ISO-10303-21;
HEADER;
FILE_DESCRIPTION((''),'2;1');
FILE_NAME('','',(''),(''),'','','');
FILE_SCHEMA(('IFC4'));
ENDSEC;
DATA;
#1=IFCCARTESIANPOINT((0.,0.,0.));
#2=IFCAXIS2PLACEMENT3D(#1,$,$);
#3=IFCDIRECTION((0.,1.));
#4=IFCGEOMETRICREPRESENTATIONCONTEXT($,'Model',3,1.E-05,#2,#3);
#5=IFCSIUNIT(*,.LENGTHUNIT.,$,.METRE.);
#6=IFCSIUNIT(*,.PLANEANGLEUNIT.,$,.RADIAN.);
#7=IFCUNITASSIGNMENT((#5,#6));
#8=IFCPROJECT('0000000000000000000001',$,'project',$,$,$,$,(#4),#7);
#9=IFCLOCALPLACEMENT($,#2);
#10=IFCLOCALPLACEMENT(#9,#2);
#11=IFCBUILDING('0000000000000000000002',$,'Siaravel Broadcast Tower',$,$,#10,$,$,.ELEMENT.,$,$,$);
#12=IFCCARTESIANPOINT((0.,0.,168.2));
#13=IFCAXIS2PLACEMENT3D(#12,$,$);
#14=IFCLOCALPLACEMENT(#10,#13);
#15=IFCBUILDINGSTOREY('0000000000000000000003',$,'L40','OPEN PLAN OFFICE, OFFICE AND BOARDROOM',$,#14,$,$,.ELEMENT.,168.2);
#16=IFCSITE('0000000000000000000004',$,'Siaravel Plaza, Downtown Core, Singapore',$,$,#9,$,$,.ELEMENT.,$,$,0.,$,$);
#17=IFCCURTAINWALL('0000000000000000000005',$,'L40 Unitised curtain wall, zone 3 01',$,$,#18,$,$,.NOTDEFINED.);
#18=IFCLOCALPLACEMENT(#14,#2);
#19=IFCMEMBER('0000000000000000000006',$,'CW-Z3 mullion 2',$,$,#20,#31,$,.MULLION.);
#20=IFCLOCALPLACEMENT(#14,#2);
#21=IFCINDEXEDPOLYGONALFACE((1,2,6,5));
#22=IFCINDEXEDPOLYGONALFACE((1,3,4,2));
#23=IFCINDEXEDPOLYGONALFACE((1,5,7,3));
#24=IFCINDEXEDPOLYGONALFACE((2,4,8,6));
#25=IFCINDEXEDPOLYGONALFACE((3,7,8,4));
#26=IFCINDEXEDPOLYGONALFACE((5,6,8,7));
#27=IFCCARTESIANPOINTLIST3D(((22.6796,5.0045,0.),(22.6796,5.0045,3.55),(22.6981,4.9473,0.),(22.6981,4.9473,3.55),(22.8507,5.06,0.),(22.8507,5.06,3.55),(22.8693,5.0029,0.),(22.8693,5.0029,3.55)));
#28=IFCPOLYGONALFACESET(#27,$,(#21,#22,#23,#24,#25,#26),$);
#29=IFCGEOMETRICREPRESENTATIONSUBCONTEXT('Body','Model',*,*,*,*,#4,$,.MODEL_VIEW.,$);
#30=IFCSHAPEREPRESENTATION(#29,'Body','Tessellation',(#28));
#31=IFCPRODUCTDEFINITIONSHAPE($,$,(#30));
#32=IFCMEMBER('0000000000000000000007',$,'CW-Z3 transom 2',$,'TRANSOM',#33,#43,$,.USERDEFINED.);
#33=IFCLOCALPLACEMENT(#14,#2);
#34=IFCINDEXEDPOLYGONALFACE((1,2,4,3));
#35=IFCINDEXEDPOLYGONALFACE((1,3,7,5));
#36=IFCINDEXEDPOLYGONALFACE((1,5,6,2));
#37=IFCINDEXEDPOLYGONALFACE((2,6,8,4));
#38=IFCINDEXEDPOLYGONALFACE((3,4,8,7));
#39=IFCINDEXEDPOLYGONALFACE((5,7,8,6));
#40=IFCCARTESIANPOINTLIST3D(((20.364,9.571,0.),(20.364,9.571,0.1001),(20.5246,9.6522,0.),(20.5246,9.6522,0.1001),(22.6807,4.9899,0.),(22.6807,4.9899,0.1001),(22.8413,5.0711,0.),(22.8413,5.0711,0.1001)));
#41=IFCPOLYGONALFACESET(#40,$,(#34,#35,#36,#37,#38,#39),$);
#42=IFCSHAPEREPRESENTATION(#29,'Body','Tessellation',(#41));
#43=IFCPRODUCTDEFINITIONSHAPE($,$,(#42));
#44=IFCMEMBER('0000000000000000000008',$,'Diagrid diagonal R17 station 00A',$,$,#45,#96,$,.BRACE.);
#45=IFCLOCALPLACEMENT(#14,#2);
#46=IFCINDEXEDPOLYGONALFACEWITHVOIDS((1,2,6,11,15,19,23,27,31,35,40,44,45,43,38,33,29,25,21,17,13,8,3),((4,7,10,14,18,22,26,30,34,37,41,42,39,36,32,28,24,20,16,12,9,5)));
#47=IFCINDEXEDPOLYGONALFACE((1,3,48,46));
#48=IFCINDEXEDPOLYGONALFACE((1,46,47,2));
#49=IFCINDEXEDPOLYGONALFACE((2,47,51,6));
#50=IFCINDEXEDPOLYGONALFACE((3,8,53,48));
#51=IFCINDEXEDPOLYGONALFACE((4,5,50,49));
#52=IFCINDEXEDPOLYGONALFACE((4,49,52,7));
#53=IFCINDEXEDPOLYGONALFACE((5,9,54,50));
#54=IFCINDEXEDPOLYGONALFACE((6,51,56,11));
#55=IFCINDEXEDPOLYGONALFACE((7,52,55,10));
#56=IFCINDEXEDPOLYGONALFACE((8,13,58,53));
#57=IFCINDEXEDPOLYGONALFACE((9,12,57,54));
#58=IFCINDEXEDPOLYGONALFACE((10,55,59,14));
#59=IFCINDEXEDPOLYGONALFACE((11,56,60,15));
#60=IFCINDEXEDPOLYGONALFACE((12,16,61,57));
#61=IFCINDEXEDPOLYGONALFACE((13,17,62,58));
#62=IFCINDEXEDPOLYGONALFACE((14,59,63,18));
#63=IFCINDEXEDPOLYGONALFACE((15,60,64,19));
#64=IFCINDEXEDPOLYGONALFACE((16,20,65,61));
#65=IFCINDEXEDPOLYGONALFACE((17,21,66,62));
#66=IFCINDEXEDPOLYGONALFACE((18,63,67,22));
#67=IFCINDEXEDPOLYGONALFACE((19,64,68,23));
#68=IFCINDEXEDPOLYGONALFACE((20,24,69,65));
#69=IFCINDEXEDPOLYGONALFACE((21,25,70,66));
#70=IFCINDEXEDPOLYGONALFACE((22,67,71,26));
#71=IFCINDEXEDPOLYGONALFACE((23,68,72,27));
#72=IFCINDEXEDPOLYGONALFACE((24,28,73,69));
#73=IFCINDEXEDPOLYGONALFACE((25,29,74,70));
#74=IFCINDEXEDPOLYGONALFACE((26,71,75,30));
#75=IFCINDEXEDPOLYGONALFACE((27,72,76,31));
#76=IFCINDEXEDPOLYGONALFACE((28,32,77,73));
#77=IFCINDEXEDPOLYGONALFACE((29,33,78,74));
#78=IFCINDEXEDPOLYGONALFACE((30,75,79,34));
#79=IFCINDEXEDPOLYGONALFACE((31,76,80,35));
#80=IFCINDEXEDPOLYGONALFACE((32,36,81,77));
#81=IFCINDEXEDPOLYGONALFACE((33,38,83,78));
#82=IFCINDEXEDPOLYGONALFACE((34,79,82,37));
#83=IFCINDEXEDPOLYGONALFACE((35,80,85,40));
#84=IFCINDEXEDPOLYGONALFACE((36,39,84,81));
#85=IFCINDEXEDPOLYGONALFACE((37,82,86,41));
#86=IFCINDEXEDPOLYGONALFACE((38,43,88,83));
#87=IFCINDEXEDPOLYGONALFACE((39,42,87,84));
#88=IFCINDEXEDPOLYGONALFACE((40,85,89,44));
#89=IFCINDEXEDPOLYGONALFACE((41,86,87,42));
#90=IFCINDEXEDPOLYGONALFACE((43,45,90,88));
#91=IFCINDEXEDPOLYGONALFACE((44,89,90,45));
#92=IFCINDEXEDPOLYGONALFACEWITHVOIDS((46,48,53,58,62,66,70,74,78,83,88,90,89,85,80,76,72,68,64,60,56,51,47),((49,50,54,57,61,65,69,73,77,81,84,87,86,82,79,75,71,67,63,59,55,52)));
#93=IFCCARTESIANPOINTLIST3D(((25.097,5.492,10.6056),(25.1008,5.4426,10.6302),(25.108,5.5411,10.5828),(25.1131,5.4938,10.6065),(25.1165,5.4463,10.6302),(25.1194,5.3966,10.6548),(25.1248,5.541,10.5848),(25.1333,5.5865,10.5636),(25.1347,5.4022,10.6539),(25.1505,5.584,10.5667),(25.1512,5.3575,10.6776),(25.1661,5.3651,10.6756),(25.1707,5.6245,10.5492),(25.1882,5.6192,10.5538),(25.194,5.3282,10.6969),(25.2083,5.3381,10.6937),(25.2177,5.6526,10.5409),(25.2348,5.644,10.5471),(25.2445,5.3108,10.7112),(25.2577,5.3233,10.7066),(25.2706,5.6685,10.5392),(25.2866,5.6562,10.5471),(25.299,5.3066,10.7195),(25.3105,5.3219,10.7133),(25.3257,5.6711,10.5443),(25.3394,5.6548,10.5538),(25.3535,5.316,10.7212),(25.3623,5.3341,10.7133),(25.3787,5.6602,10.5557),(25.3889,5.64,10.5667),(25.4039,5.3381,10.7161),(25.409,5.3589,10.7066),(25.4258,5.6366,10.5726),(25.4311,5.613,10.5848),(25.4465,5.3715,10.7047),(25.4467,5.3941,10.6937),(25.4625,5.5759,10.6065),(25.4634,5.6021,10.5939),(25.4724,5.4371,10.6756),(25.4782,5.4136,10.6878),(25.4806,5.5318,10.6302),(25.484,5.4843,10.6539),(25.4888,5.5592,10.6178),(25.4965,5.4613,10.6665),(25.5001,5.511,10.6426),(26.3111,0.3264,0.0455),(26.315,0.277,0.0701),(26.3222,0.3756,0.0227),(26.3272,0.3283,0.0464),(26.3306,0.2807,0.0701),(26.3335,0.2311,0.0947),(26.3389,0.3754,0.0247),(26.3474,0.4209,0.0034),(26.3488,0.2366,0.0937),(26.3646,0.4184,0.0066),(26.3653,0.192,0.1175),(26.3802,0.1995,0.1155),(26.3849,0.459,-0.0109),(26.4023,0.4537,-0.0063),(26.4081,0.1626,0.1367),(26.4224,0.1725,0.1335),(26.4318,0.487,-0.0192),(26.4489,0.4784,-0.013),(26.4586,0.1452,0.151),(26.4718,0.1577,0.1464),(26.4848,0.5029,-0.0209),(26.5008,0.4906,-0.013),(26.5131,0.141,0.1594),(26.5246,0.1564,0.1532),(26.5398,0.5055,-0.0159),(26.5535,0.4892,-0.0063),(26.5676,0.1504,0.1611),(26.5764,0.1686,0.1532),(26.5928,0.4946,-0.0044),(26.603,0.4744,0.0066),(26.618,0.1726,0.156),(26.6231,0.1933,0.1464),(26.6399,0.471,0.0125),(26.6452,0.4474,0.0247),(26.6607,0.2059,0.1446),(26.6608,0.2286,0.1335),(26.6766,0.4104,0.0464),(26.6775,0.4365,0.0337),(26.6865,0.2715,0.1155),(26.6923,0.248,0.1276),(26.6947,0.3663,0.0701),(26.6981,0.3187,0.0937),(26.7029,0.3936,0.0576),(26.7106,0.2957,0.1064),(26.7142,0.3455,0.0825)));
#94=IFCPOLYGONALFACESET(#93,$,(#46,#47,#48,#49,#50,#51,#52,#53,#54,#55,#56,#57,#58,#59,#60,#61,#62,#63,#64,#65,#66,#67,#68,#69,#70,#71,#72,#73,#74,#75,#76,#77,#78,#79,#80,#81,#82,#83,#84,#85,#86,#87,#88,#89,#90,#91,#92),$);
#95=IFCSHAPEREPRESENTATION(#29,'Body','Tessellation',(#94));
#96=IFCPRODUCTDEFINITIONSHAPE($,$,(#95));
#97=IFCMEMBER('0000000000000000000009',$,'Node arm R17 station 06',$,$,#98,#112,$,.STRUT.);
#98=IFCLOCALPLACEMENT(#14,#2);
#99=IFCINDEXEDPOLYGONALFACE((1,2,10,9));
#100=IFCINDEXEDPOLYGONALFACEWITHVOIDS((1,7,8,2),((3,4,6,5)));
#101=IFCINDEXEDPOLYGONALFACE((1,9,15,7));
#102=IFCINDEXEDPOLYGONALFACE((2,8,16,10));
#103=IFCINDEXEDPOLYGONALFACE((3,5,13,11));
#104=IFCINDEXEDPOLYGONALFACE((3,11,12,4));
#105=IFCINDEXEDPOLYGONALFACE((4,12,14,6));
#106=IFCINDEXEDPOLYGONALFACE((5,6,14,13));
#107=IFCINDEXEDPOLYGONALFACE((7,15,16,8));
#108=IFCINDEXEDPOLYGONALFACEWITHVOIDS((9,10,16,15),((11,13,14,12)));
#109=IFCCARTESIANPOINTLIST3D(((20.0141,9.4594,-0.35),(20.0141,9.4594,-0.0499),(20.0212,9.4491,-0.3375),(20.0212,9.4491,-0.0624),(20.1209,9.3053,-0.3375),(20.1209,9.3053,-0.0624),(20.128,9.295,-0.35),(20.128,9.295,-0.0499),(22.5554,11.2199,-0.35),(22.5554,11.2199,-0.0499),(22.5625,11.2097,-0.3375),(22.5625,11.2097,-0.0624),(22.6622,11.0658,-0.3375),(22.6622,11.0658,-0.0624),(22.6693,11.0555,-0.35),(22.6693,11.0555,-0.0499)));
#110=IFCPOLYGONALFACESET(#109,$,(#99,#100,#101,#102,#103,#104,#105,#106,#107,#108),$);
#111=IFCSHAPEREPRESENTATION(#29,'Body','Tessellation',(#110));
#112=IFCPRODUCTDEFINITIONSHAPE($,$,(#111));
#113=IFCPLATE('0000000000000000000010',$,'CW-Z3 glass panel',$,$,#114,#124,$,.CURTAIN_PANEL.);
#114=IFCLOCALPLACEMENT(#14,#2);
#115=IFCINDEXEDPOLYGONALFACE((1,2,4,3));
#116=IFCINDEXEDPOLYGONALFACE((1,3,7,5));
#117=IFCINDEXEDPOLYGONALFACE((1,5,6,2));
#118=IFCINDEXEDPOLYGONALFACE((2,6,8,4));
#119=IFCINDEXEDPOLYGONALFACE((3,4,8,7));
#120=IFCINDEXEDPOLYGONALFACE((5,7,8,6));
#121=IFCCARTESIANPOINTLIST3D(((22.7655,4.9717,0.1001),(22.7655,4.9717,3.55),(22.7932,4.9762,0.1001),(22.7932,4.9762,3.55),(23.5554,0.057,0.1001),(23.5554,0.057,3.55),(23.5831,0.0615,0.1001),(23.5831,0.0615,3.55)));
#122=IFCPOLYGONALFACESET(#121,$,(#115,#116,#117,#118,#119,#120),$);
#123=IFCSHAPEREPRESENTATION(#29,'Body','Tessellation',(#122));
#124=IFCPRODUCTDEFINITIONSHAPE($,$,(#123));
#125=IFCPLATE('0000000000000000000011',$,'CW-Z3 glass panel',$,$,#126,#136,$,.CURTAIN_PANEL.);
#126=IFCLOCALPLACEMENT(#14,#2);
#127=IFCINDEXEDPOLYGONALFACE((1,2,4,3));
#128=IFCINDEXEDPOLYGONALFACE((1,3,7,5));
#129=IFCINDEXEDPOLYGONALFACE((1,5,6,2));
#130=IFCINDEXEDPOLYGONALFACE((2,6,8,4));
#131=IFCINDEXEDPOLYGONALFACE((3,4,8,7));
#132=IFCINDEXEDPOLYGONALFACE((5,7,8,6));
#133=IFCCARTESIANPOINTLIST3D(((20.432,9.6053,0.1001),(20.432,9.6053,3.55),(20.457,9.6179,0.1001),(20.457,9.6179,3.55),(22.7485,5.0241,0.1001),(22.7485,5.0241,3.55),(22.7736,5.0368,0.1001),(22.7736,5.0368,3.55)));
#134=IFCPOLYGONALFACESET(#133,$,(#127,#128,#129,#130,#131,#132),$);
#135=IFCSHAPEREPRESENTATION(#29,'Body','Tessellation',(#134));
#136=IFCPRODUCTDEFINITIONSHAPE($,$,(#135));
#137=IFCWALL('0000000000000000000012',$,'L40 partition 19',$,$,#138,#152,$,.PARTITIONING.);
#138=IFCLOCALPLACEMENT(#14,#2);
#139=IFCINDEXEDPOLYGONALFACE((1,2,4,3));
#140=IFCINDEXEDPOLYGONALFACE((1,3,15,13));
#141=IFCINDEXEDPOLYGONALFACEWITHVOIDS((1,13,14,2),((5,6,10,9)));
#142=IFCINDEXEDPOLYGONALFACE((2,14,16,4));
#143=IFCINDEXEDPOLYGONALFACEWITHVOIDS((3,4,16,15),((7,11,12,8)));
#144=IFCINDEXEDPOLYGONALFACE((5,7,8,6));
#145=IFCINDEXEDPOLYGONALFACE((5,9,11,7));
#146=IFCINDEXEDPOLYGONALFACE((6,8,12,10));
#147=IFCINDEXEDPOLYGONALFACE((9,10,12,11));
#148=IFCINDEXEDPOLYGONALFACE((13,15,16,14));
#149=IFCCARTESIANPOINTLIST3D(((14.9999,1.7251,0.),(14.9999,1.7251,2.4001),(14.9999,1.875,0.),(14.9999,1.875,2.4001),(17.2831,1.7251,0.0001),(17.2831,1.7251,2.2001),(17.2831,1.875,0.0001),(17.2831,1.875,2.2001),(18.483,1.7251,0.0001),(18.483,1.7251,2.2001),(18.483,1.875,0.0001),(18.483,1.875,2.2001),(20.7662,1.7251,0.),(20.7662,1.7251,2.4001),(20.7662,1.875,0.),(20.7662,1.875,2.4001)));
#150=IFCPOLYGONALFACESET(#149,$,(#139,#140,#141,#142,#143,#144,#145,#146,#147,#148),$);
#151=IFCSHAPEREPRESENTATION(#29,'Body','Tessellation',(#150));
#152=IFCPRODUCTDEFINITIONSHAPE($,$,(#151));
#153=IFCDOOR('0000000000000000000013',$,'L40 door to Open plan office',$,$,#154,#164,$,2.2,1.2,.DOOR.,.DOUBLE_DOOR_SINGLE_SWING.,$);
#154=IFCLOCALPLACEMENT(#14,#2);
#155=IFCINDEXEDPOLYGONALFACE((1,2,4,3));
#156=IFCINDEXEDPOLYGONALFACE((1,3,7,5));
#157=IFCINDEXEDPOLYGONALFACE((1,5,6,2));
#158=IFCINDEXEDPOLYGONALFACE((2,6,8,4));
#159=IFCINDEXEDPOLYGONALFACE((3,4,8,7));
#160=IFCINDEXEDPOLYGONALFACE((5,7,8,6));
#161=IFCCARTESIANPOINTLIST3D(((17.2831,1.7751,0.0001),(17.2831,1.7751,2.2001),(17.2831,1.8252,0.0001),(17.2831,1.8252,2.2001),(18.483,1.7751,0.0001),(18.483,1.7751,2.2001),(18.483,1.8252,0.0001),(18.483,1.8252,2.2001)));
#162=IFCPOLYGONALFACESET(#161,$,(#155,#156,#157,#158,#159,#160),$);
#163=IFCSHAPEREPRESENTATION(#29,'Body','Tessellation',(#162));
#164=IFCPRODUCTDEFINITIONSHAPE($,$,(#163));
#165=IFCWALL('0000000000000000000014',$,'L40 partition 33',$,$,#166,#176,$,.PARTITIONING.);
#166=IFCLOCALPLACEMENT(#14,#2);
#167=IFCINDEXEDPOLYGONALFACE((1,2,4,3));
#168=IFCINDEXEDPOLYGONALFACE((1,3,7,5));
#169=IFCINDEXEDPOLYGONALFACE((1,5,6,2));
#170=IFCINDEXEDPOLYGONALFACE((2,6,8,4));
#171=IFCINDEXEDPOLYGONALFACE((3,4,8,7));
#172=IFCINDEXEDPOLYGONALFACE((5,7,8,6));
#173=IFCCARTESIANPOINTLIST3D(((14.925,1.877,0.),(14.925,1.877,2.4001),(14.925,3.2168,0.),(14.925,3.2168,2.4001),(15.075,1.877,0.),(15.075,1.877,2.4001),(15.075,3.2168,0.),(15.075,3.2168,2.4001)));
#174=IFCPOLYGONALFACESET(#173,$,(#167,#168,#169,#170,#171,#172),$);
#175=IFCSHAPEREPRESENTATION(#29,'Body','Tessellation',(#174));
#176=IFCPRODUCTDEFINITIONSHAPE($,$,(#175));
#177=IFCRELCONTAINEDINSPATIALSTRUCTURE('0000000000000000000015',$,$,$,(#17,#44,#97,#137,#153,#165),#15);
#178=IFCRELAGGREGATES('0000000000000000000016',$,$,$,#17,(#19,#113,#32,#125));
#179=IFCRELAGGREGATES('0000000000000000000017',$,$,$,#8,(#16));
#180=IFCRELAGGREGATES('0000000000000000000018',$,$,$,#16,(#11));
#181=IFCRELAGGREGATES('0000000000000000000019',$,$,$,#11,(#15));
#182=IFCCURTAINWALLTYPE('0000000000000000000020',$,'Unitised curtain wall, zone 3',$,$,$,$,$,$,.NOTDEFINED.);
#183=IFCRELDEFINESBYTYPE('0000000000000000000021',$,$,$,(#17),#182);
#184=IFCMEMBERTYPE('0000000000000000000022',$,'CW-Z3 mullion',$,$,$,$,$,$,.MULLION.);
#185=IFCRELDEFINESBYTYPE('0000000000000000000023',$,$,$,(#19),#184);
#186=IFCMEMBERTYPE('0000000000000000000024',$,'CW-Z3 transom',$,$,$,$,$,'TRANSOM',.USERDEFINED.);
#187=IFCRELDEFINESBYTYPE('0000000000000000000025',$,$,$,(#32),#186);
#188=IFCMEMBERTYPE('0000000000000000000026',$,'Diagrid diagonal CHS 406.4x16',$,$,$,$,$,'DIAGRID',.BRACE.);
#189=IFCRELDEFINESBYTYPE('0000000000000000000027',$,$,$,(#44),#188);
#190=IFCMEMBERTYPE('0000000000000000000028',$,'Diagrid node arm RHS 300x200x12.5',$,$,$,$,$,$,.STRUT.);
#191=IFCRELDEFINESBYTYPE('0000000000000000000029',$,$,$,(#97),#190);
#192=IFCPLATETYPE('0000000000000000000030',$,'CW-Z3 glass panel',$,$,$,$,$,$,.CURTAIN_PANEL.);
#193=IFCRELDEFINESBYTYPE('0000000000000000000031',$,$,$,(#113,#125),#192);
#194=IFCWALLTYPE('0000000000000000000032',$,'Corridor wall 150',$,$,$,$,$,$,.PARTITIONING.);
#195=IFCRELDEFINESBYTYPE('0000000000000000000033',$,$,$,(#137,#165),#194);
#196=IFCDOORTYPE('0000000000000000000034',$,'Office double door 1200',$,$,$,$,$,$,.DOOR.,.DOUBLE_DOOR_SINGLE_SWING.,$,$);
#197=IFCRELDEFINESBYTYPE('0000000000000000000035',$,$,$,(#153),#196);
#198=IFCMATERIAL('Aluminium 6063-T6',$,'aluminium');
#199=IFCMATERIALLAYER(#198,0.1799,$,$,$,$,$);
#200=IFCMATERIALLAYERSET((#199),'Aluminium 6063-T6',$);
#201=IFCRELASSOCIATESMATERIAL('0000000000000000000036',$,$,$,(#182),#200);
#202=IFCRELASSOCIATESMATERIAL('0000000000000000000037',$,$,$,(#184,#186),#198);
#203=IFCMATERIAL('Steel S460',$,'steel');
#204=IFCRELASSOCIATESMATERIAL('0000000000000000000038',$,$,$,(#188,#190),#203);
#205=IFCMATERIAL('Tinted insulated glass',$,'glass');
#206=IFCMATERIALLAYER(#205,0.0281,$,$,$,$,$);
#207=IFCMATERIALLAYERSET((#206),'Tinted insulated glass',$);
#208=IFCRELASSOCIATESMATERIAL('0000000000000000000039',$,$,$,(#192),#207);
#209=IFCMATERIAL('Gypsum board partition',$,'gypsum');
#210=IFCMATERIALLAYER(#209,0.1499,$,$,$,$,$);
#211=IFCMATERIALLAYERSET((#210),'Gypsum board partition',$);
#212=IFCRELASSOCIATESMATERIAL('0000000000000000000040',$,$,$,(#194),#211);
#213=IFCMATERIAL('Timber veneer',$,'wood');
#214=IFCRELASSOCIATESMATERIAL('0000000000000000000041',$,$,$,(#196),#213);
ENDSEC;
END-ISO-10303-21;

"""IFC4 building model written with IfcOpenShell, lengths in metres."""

from ifc_helpers import new_model, si_unit, direction, frame, frame_2d, origin, origin_2d, place, context, subcontext, project, spatial, rectangle, hollow_rectangle, hollow_circle, extrude, material, layer, layer_set, material_profile, profile_set, type_object, element, fill, aggregate, save


model = new_model("IFC4")

# Units and contexts
model_context = context("Model", 3, precision=1e-05, world=origin(), true_north=direction((0.0, 1.0)))
body_context = subcontext(model_context, "Body", "Model", "MODEL_VIEW")
ifc_project = project(units=[si_unit("LENGTHUNIT", "METRE"), si_unit("PLANEANGLEUNIT", "RADIAN")], contexts=[model_context])

# Site, building, storey
site_placement = place(None, origin())
site = spatial("IfcSite", under=ifc_project, at=site_placement, Name="Siaravel Plaza, Downtown Core, Singapore", CompositionType="ELEMENT", RefElevation=0.0)
building_placement = place(site_placement, origin())
building = spatial("IfcBuilding", under=site, at=building_placement, Name="Siaravel Broadcast Tower", CompositionType="ELEMENT")
storey_placement = place(building_placement, frame((0.0, 0.0, 168.2)))
storey = spatial("IfcBuildingStorey", under=building, at=storey_placement, Name="L40", Description="OPEN PLAN OFFICE, OFFICE AND BOARDROOM", CompositionType="ELEMENT", Elevation=168.2)

# Curtain wall, members
ifc_material_1 = material(Name="Aluminium 6063-T6", Category="aluminium")
ifc_layer_1 = layer(ifc_material_1, 0.1799)
ifc_layer_set_1 = layer_set([ifc_layer_1], Name="Aluminium 6063-T6")
curtain_wall_type = type_object("IfcCurtainWallType", Name="Unitised curtain wall, zone 3", PredefinedType="NOTDEFINED", material=ifc_layer_set_1)
curtain_wall_placement = place(storey_placement, origin())
curtain_wall = element("IfcCurtainWall", 1, at=curtain_wall_placement, inside=storey, type_object=curtain_wall_type, Name="L40 Unitised curtain wall, zone 3 01", PredefinedType="NOTDEFINED")
ifc_material_profile_1 = material_profile(ifc_material_1, rectangle(XDim=0.1799, YDim=0.0601, at=origin_2d()))
ifc_profile_set_1 = profile_set([ifc_material_profile_1], Name="Aluminium 6063-T6")
member_type_1 = type_object("IfcMemberType", Name="CW-Z3 mullion", PredefinedType="MULLION", material=ifc_profile_set_1)
member_1_placement = place(storey_placement, frame((22.7744, 5.0037, 0.0), z_axis=(0.0, 0.0, 1.0), x_axis=(-0.951177, -0.308646, 0.0)))
member_1 = element("IfcMember", 2, at=member_1_placement, type_object=member_type_1, Name="CW-Z3 mullion 2", PredefinedType="MULLION", context=body_context, shape_type="SweptSolid", body=[
    extrude(rectangle(XDim=0.1799, YDim=0.0601, at=origin_2d()), origin(), (0.0, 0.0, 1.0), 3.55),
])
ifc_material_profile_2 = material_profile(ifc_material_1, rectangle(XDim=0.1799, YDim=0.1001, at=origin_2d()))
ifc_profile_set_2 = profile_set([ifc_material_profile_2], Name="Aluminium 6063-T6")
member_type_2 = type_object("IfcMemberType", Name="CW-Z3 transom", ElementType="TRANSOM", PredefinedType="USERDEFINED", material=ifc_profile_set_2)
member_2_placement = place(storey_placement, frame((22.761, 5.0305, 0.05), z_axis=(-0.45128, 0.892382, 0.0), x_axis=(-0.892382, -0.45128, 0.0)))
member_2 = element("IfcMember", 3, at=member_2_placement, type_object=member_type_2, Name="CW-Z3 transom 2", ObjectType="TRANSOM", PredefinedType="USERDEFINED", context=body_context, shape_type="SweptSolid", body=[
    extrude(rectangle(XDim=0.1799, YDim=0.1001, at=origin_2d()), origin(), (0.0, 0.0, 1.0), 5.1335),
])

# Members
ifc_material_2 = material(Name="Steel S460", Category="steel")
ifc_material_profile_3 = material_profile(ifc_material_2, hollow_circle(Radius=0.2031, WallThickness=0.0161, at=origin_2d()))
ifc_profile_set_3 = profile_set([ifc_material_profile_3], Name="Steel S460")
member_type_3 = type_object("IfcMemberType", Name="Diagrid diagonal CHS 406.4x16", ElementType="DIAGRID", PredefinedType="BRACE", material=ifc_profile_set_3)
member_3_placement = place(storey_placement, frame((26.5127, 0.3235, 0.0701), z_axis=(-0.102732, 0.43708, 0.893537), x_axis=(-0.973472, -0.228806, 0.0)))
element("IfcMember", 4, at=member_3_placement, inside=storey, type_object=member_type_3, Name="Diagrid diagonal R17 station 00A", PredefinedType="BRACE", context=body_context, shape_type="SweptSolid", body=[
    extrude(hollow_circle(Radius=0.2031, WallThickness=0.0161, at=origin_2d()), origin(), (0.0, 0.0, 1.0), 11.8184),
])
ifc_material_profile_4 = material_profile(ifc_material_2, hollow_rectangle(XDim=0.2, YDim=0.3, WallThickness=0.0125, at=origin_2d()))
ifc_profile_set_4 = profile_set([ifc_material_profile_4], Name="Steel S460")
member_type_4 = type_object("IfcMemberType", Name="Diagrid node arm RHS 300x200x12.5", PredefinedType="STRUT", material=ifc_profile_set_4)
member_4_placement = place(storey_placement, frame((20.071, 9.3772, -0.2), z_axis=(0.822016, 0.569465, 0.0), x_axis=(-0.569465, 0.822016, 0.0)))
element("IfcMember", 5, at=member_4_placement, inside=storey, type_object=member_type_4, Name="Node arm R17 station 06", PredefinedType="STRUT", context=body_context, shape_type="SweptSolid", body=[
    extrude(hollow_rectangle(XDim=0.2, YDim=0.3, WallThickness=0.0125, at=origin_2d()), origin(), (0.0, 0.0, 1.0), 3.0916),
])

# Plates
ifc_material_3 = material(Name="Tinted insulated glass", Category="glass")
ifc_layer_2 = layer(ifc_material_3, 0.0281)
ifc_layer_set_2 = layer_set([ifc_layer_2], Name="Tinted insulated glass")
plate_type = type_object("IfcPlateType", Name="CW-Z3 glass panel", PredefinedType="CURTAIN_PANEL", material=ifc_layer_set_2)
plate_1_placement = place(storey_placement, frame((23.1743, 2.5166, 0.1001), z_axis=(0.0, 0.0, 1.0), x_axis=(-0.158686, 0.987329, 0.0)))
plate_1 = element("IfcPlate", 6, at=plate_1_placement, type_object=plate_type, Name="CW-Z3 glass panel", PredefinedType="CURTAIN_PANEL", context=body_context, shape_type="SweptSolid", body=[
    extrude(rectangle(XDim=4.9778, YDim=0.0281, at=origin_2d()), origin(), (0.0, 0.0, 1.0), 3.45),
])
plate_2_placement = place(storey_placement, frame((21.6028, 7.321, 0.1001), z_axis=(0.0, 0.0, 1.0), x_axis=(-0.451261, 0.892392, 0.0)))
plate_2 = element("IfcPlate", 7, at=plate_2_placement, type_object=plate_type, Name="CW-Z3 glass panel", PredefinedType="CURTAIN_PANEL", context=body_context, shape_type="SweptSolid", body=[
    extrude(rectangle(XDim=5.1335, YDim=0.0281, at=origin_2d()), origin(), (0.0, 0.0, 1.0), 3.45),
])
aggregate(curtain_wall, [member_1, plate_1, member_2, plate_2])

# Wall, opening, door
ifc_material_4 = material(Name="Gypsum board partition", Category="gypsum")
ifc_layer_3 = layer(ifc_material_4, 0.1499)
ifc_layer_set_3 = layer_set([ifc_layer_3], Name="Gypsum board partition")
wall_type_1 = type_object("IfcWallType", Name="Corridor wall 150", PredefinedType="PARTITIONING", material=ifc_layer_set_3)
wall_1_placement = place(storey_placement, frame((20.7664, 1.8, 0.0), z_axis=(0.0, 0.0, 1.0), x_axis=(-1.0, 0.0, 0.0)))
wall_1 = element("IfcWall", 8, at=wall_1_placement, inside=storey, type_object=wall_type_1, Name="L40 partition 19", PredefinedType="PARTITIONING", context=body_context, shape_type="SweptSolid", body=[
    extrude(rectangle(XDim=5.7664, YDim=0.1499, at=frame_2d((2.8833, 0.0))), origin(), (0.0, 0.0, 1.0), 2.4001),
])
opening_1_placement = place(wall_1_placement, frame((2.2832, 0.0, 0.0)))
opening_1 = element("IfcOpeningElement", 9, at=opening_1_placement, cuts=wall_1, PredefinedType="OPENING", context=body_context, shape_type="SweptSolid", body=[
    extrude(rectangle(XDim=1.2, YDim=2.2, at=frame_2d((0.6001, 1.1001))), frame((0.0, 0.085, 0.0), z_axis=(0.0, -1.0, 0.0), x_axis=(1.0, 0.0, 0.0)), (0.0, 0.0, 1.0), 0.1699),
])
ifc_material_5 = material(Name="Timber veneer", Category="wood")
door_type_1 = type_object("IfcDoorType", Name="Office double door 1200", OperationType="DOUBLE_DOOR_SINGLE_SWING", PredefinedType="DOOR", material=ifc_material_5)
door_1_placement = place(opening_1_placement, origin())
door_1 = element("IfcDoor", 10, at=door_1_placement, inside=storey, type_object=door_type_1, Name="L40 door to Open plan office", OperationType="DOUBLE_DOOR_SINGLE_SWING", OverallHeight=2.2, OverallWidth=1.2, PredefinedType="DOOR", context=body_context, shape_type="SweptSolid", body=[
    extrude(rectangle(XDim=1.2, YDim=2.2, at=frame_2d((0.6001, 1.1001))), frame((0.0, 0.0249, 0.0), z_axis=(0.0, -1.0, 0.0), x_axis=(1.0, 0.0, 0.0)), (0.0, 0.0, 1.0), 0.05),
])
fill(opening_1, door_1)

# Wall
wall_2_placement = place(storey_placement, frame((15.0, 1.877, 0.0), z_axis=(0.0, 0.0, 1.0), x_axis=(0.0, 1.0, 0.0)))
element("IfcWall", 11, at=wall_2_placement, inside=storey, type_object=wall_type_1, Name="L40 partition 33", PredefinedType="PARTITIONING", context=body_context, shape_type="SweptSolid", body=[
    extrude(rectangle(XDim=1.3398, YDim=0.1499, at=frame_2d((0.6699, 0.0))), origin(), (0.0, 0.0, 1.0), 2.4001),
])

save(model, "model.ifc")
